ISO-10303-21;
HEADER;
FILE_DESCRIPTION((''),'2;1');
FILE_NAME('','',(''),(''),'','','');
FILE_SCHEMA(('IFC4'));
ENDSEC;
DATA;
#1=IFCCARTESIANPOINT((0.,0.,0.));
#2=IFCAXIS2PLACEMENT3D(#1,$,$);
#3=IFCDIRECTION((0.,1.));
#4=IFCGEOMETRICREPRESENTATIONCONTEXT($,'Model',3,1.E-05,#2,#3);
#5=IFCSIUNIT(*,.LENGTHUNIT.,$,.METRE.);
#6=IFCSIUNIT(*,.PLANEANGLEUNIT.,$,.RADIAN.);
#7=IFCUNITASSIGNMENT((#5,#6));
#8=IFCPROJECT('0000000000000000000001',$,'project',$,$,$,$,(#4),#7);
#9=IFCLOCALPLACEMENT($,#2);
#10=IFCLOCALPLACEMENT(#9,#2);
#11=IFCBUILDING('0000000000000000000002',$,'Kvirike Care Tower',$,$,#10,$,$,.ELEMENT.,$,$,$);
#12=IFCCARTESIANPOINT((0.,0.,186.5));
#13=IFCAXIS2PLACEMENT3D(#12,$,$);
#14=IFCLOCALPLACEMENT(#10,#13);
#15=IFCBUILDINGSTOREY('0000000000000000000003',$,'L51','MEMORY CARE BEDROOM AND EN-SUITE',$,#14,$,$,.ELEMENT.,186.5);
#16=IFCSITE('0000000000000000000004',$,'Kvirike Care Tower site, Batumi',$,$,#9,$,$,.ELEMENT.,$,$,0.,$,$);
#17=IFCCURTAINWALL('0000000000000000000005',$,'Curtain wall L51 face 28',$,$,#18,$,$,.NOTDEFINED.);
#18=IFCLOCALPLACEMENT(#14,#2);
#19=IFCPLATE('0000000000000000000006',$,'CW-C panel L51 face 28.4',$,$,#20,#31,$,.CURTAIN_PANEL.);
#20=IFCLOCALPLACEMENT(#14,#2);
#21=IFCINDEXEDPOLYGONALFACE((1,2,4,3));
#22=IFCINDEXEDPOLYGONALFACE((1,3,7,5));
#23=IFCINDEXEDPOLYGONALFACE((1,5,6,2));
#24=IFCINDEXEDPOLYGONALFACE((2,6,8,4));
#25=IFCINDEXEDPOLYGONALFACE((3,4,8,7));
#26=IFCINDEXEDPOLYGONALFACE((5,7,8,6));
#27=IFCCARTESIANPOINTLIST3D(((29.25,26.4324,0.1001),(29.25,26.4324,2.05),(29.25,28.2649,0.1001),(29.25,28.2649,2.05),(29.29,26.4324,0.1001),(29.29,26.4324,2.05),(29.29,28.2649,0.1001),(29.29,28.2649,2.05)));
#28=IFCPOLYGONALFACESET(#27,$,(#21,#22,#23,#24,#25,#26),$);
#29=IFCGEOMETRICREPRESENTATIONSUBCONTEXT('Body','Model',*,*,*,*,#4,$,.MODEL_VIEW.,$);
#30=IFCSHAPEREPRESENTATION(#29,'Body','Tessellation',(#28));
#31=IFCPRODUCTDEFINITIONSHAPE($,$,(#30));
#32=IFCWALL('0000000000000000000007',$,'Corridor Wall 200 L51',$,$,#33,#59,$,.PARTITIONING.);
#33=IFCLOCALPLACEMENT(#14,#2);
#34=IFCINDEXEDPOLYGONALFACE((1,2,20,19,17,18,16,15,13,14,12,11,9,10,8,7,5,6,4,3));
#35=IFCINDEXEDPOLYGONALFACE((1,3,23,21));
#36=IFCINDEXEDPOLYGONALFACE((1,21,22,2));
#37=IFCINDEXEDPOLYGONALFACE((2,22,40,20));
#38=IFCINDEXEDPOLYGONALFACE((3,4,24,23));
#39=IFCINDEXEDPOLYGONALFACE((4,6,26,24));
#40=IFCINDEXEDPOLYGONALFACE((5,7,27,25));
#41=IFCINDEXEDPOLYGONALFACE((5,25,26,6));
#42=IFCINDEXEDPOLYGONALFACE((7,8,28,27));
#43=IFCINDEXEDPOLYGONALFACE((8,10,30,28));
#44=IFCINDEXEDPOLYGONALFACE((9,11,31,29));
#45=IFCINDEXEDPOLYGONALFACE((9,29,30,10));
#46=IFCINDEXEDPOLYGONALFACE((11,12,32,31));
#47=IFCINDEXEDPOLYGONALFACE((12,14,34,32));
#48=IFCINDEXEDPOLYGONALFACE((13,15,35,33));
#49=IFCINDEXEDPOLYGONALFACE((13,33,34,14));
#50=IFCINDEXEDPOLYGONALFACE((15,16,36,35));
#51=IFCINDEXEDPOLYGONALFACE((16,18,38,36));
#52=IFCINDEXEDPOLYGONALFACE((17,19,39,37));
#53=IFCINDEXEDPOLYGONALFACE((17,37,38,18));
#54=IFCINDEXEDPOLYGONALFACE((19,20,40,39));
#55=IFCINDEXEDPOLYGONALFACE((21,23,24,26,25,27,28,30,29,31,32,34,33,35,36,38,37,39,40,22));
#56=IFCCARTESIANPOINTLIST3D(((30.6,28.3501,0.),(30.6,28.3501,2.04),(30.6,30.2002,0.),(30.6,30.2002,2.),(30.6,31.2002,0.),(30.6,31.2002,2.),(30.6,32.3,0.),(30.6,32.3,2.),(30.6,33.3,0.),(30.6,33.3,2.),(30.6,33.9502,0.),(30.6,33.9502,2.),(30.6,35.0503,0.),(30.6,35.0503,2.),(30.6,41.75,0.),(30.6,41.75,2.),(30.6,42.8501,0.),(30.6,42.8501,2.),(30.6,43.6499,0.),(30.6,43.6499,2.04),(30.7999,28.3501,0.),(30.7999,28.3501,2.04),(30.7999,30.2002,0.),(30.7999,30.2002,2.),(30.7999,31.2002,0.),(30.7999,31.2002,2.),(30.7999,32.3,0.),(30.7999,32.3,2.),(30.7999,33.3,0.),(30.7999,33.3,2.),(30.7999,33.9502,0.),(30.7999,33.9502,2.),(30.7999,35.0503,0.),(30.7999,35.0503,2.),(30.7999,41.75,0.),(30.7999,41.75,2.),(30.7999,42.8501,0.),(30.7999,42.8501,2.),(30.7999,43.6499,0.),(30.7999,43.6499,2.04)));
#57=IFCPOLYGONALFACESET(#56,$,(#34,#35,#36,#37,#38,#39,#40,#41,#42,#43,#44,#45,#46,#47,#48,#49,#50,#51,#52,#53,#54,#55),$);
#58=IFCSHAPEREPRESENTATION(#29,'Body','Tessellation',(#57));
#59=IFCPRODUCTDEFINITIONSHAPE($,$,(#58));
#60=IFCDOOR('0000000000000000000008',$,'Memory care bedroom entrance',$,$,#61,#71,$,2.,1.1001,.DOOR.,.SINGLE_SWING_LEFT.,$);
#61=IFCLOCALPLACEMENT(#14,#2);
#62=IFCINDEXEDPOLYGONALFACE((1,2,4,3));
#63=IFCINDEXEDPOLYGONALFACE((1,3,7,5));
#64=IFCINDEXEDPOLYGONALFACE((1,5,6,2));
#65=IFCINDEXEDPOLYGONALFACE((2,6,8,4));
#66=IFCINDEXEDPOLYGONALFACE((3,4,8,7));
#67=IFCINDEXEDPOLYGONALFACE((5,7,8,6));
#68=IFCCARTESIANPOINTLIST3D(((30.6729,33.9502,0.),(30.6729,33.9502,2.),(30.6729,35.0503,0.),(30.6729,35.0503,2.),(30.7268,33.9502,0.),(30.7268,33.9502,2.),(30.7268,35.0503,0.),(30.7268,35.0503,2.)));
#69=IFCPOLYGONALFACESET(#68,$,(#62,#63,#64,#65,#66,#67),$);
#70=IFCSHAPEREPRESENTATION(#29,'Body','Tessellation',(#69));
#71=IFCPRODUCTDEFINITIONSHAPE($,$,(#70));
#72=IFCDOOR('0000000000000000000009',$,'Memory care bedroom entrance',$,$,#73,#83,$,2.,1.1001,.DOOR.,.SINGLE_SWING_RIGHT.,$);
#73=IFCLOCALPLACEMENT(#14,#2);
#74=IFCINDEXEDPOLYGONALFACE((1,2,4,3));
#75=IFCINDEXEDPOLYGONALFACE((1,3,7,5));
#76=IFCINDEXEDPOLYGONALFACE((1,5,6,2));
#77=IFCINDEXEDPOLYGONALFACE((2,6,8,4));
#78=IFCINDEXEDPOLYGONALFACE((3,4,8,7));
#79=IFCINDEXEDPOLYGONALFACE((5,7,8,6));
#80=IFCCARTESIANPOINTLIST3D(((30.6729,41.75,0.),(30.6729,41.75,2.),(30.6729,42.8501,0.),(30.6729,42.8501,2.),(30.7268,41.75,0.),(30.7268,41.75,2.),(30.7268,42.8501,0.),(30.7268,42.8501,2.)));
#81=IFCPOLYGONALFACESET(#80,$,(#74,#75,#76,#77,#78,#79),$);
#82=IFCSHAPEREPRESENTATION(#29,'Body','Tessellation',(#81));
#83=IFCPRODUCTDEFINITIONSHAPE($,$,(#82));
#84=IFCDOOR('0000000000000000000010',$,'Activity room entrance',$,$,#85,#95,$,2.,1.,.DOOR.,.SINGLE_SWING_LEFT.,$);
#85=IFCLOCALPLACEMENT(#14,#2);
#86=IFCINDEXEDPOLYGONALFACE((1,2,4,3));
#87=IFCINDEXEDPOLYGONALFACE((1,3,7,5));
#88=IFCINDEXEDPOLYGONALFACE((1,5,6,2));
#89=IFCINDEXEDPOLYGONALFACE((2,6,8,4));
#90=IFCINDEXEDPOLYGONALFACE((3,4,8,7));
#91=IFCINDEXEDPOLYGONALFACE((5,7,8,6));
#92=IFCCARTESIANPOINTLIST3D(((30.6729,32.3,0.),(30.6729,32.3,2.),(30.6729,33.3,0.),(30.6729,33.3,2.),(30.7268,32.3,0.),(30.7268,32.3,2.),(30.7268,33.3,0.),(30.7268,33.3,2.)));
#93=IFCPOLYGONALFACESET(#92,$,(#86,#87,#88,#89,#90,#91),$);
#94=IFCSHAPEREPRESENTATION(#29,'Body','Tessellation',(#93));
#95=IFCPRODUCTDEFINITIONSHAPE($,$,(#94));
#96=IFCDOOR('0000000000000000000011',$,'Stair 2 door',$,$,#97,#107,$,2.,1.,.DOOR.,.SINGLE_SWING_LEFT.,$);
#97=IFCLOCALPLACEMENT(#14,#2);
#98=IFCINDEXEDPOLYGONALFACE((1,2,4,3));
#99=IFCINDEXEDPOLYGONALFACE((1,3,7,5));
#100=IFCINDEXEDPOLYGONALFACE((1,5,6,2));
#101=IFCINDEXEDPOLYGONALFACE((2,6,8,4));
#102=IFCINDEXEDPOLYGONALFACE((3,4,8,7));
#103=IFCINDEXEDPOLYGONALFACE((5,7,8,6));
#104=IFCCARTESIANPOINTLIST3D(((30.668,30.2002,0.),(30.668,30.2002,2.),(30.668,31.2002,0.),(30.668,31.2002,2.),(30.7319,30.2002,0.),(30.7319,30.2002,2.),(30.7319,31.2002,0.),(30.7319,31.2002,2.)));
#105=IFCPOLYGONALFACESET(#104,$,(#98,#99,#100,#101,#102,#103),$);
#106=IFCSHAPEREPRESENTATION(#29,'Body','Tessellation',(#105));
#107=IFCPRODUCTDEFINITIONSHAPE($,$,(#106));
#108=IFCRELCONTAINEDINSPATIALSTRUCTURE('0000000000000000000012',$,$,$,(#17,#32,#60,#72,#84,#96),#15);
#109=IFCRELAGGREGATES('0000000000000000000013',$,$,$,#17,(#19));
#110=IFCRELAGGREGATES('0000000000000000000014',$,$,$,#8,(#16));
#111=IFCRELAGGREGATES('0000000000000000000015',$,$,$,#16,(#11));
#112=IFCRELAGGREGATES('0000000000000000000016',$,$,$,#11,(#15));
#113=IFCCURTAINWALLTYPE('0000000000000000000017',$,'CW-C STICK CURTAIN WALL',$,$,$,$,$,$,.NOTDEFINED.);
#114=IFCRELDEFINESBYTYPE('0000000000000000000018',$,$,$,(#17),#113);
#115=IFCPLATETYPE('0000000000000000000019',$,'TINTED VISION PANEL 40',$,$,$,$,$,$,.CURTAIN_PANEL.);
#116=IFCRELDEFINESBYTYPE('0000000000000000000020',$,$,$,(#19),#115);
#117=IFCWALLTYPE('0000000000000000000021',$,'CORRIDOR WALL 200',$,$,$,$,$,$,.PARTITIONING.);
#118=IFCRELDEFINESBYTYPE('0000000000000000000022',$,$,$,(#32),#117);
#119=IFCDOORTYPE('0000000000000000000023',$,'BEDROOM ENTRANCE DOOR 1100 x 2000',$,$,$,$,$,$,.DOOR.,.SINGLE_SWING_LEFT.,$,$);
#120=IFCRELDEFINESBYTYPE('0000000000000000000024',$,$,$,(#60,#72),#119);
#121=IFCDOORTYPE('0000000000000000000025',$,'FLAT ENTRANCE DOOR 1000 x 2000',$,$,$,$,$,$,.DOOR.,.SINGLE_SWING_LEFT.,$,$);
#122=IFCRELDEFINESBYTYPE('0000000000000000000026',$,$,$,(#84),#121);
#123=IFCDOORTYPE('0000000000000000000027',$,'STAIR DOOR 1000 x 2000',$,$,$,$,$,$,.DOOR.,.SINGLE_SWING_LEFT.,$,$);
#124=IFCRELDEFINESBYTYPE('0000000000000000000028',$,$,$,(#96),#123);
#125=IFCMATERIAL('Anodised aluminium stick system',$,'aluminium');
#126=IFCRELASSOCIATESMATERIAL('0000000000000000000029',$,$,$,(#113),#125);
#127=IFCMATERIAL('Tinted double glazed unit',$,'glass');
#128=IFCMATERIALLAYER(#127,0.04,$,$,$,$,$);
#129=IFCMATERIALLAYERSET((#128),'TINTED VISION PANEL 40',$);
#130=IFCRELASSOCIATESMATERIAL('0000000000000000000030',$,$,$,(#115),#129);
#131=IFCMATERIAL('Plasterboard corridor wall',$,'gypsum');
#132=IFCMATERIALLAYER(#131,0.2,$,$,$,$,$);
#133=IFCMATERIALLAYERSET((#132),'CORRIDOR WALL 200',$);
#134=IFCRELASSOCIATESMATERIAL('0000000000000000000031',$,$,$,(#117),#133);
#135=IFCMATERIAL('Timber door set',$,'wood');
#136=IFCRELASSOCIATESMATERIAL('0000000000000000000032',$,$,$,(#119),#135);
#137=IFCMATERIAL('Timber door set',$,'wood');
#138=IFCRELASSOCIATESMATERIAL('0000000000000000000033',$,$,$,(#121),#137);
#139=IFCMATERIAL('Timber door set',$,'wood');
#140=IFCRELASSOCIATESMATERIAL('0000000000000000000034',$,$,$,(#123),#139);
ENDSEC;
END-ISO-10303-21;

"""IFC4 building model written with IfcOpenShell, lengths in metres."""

from ifc_helpers import new_model, si_unit, direction, frame, frame_2d, origin, origin_2d, place, context, subcontext, project, spatial, rectangle, extrude, material, layer, layer_set, type_object, element, fill, aggregate, save


model = new_model("IFC4")

# Units and contexts
model_context = context("Model", 3, precision=1e-05, world=origin(), true_north=direction((0.0, 1.0)))
body_context = subcontext(model_context, "Body", "Model", "MODEL_VIEW")
ifc_project = project(units=[si_unit("LENGTHUNIT", "METRE"), si_unit("PLANEANGLEUNIT", "RADIAN")], contexts=[model_context])

# Site, building, storey
site_placement = place(None, origin())
site = spatial("IfcSite", under=ifc_project, at=site_placement, Name="Kvirike Care Tower site, Batumi", CompositionType="ELEMENT", RefElevation=0.0)
building_placement = place(site_placement, origin())
building = spatial("IfcBuilding", under=site, at=building_placement, Name="Kvirike Care Tower", CompositionType="ELEMENT")
storey_placement = place(building_placement, frame((0.0, 0.0, 186.5)))
storey = spatial("IfcBuildingStorey", under=building, at=storey_placement, Name="L51", Description="MEMORY CARE BEDROOM AND EN-SUITE", CompositionType="ELEMENT", Elevation=186.5)

# Curtain wall
ifc_material_1 = material(Name="Anodised aluminium stick system", Category="aluminium")
curtain_wall_type = type_object("IfcCurtainWallType", Name="CW-C STICK CURTAIN WALL", PredefinedType="NOTDEFINED", material=ifc_material_1)
curtain_wall_1_placement = place(storey_placement, origin())
curtain_wall_1 = element("IfcCurtainWall", 1, at=curtain_wall_1_placement, inside=storey, type_object=curtain_wall_type, Name="Curtain wall L51 face 28", PredefinedType="NOTDEFINED")

# Plate
ifc_material_2 = material(Name="Tinted double glazed unit", Category="glass")
ifc_layer_1 = layer(ifc_material_2, 0.04)
ifc_layer_set_1 = layer_set([ifc_layer_1], Name="TINTED VISION PANEL 40")
plate_type = type_object("IfcPlateType", Name="TINTED VISION PANEL 40", PredefinedType="CURTAIN_PANEL", material=ifc_layer_set_1)
plate_1_placement = place(storey_placement, frame((29.27, 27.3486, 0.1001), z_axis=(0.0, 0.0, 1.0), x_axis=(0.0, 1.0, 0.0)))
plate_1 = element("IfcPlate", 2, at=plate_1_placement, type_object=plate_type, Name="CW-C panel L51 face 28.4", PredefinedType="CURTAIN_PANEL", context=body_context, shape_type="SweptSolid", body=[
    extrude(rectangle(XDim=1.8325, YDim=0.04, at=origin_2d()), origin(), (0.0, 0.0, 1.0), 1.95),
])
aggregate(curtain_wall_1, [plate_1])

# Wall, openings, doors
ifc_material_3 = material(Name="Plasterboard corridor wall", Category="gypsum")
ifc_layer_2 = layer(ifc_material_3, 0.2)
ifc_layer_set_2 = layer_set([ifc_layer_2], Name="CORRIDOR WALL 200")
wall_type = type_object("IfcWallType", Name="CORRIDOR WALL 200", PredefinedType="PARTITIONING", material=ifc_layer_set_2)
wall_placement = place(storey_placement, frame((30.7, 28.3501, 0.0), z_axis=(0.0, 0.0, 1.0), x_axis=(0.0, 1.0, 0.0)))
wall = element("IfcWall", 3, at=wall_placement, inside=storey, type_object=wall_type, Name="Corridor Wall 200 L51", PredefinedType="PARTITIONING", context=body_context, shape_type="SweptSolid", body=[
    extrude(rectangle(XDim=15.2998, YDim=0.2, at=frame_2d((7.6499, 0.0))), origin(), (0.0, 0.0, 1.0), 2.04),
])
opening_1_placement = place(wall_placement, frame((1.8501, 0.0, 0.0)))
opening_1 = element("IfcOpeningElement", 4, at=opening_1_placement, cuts=wall, PredefinedType="OPENING", context=body_context, shape_type="SweptSolid", body=[
    extrude(rectangle(XDim=1.0, YDim=2.0, at=frame_2d((0.5, 1.0))), frame((0.0, 0.1106, 0.0), z_axis=(0.0, -1.0, 0.0), x_axis=(1.0, 0.0, 0.0)), (0.0, 0.0, 1.0), 0.2209),
])
opening_2_placement = place(wall_placement, frame((3.95, 0.0, 0.0)))
opening_2 = element("IfcOpeningElement", 5, at=opening_2_placement, cuts=wall, PredefinedType="OPENING", context=body_context, shape_type="SweptSolid", body=[
    extrude(rectangle(XDim=1.0, YDim=2.0, at=frame_2d((0.5, 1.0))), frame((0.0, 0.1106, 0.0), z_axis=(0.0, -1.0, 0.0), x_axis=(1.0, 0.0, 0.0)), (0.0, 0.0, 1.0), 0.2209),
])
opening_3_placement = place(wall_placement, frame((5.6001, 0.0, 0.0)))
opening_3 = element("IfcOpeningElement", 6, at=opening_3_placement, cuts=wall, PredefinedType="OPENING", context=body_context, shape_type="SweptSolid", body=[
    extrude(rectangle(XDim=1.1001, YDim=2.0, at=frame_2d((0.55, 1.0))), frame((0.0, 0.1106, 0.0), z_axis=(0.0, -1.0, 0.0), x_axis=(1.0, 0.0, 0.0)), (0.0, 0.0, 1.0), 0.2209),
])
opening_4_placement = place(wall_placement, frame((13.3999, 0.0, 0.0)))
opening_4 = element("IfcOpeningElement", 7, at=opening_4_placement, cuts=wall, PredefinedType="OPENING", context=body_context, shape_type="SweptSolid", body=[
    extrude(rectangle(XDim=1.1001, YDim=2.0, at=frame_2d((0.55, 1.0))), frame((0.0, 0.1106, 0.0), z_axis=(0.0, -1.0, 0.0), x_axis=(1.0, 0.0, 0.0)), (0.0, 0.0, 1.0), 0.2209),
])
ifc_material_4 = material(Name="Timber door set", Category="wood")
door_type_1 = type_object("IfcDoorType", Name="BEDROOM ENTRANCE DOOR 1100 x 2000", OperationType="SINGLE_SWING_LEFT", PredefinedType="DOOR", material=ifc_material_4)
door_1_placement = place(opening_3_placement, frame((1.1001, 0.0, 0.0), z_axis=(0.0, 0.0, 1.0), x_axis=(-1.0, 0.0, 0.0)))
door_1 = element("IfcDoor", 8, at=door_1_placement, inside=storey, type_object=door_type_1, Name="Memory care bedroom entrance", OperationType="SINGLE_SWING_LEFT", OverallHeight=2.0, OverallWidth=1.1001, PredefinedType="DOOR", context=body_context, shape_type="SweptSolid", body=[
    extrude(rectangle(XDim=1.1001, YDim=2.0, at=frame_2d((0.55, 1.0))), frame((0.0, 0.0269, 0.0), z_axis=(0.0, -1.0, 0.0), x_axis=(1.0, 0.0, 0.0)), (0.0, 0.0, 1.0), 0.054),
])
fill(opening_3, door_1)
door_2_placement = place(opening_4_placement, frame((1.1001, 0.0, 0.0), z_axis=(0.0, 0.0, 1.0), x_axis=(-1.0, 0.0, 0.0)))
door_2 = element("IfcDoor", 9, at=door_2_placement, inside=storey, type_object=door_type_1, Name="Memory care bedroom entrance", OperationType="SINGLE_SWING_RIGHT", OverallHeight=2.0, OverallWidth=1.1001, PredefinedType="DOOR", context=body_context, shape_type="SweptSolid", body=[
    extrude(rectangle(XDim=1.1001, YDim=2.0, at=frame_2d((0.55, 1.0))), frame((0.0, 0.0269, 0.0), z_axis=(0.0, -1.0, 0.0), x_axis=(1.0, 0.0, 0.0)), (0.0, 0.0, 1.0), 0.054),
])
fill(opening_4, door_2)
ifc_material_5 = material(Name="Timber door set", Category="wood")
door_type_2 = type_object("IfcDoorType", Name="FLAT ENTRANCE DOOR 1000 x 2000", OperationType="SINGLE_SWING_LEFT", PredefinedType="DOOR", material=ifc_material_5)
door_3_placement = place(opening_2_placement, frame((1.0, 0.0, 0.0), z_axis=(0.0, 0.0, 1.0), x_axis=(-1.0, 0.0, 0.0)))
door_3 = element("IfcDoor", 10, at=door_3_placement, inside=storey, type_object=door_type_2, Name="Activity room entrance", OperationType="SINGLE_SWING_LEFT", OverallHeight=2.0, OverallWidth=1.0, PredefinedType="DOOR", context=body_context, shape_type="SweptSolid", body=[
    extrude(rectangle(XDim=1.0, YDim=2.0, at=frame_2d((0.5, 1.0))), frame((0.0, 0.0269, 0.0), z_axis=(0.0, -1.0, 0.0), x_axis=(1.0, 0.0, 0.0)), (0.0, 0.0, 1.0), 0.054),
])
fill(opening_2, door_3)
ifc_material_6 = material(Name="Timber door set", Category="wood")
door_type_3 = type_object("IfcDoorType", Name="STAIR DOOR 1000 x 2000", OperationType="SINGLE_SWING_LEFT", PredefinedType="DOOR", material=ifc_material_6)
door_4_placement = place(opening_1_placement, frame((1.0, 0.0, 0.0), z_axis=(0.0, 0.0, 1.0), x_axis=(-1.0, 0.0, 0.0)))
door_4 = element("IfcDoor", 11, at=door_4_placement, inside=storey, type_object=door_type_3, Name="Stair 2 door", OperationType="SINGLE_SWING_LEFT", OverallHeight=2.0, OverallWidth=1.0, PredefinedType="DOOR", context=body_context, shape_type="SweptSolid", body=[
    extrude(rectangle(XDim=1.0, YDim=2.0, at=frame_2d((0.5, 1.0))), frame((0.0, 0.032, 0.0), z_axis=(0.0, -1.0, 0.0), x_axis=(1.0, 0.0, 0.0)), (0.0, 0.0, 1.0), 0.064),
])
fill(opening_1, door_4)

save(model, "model.ifc")
